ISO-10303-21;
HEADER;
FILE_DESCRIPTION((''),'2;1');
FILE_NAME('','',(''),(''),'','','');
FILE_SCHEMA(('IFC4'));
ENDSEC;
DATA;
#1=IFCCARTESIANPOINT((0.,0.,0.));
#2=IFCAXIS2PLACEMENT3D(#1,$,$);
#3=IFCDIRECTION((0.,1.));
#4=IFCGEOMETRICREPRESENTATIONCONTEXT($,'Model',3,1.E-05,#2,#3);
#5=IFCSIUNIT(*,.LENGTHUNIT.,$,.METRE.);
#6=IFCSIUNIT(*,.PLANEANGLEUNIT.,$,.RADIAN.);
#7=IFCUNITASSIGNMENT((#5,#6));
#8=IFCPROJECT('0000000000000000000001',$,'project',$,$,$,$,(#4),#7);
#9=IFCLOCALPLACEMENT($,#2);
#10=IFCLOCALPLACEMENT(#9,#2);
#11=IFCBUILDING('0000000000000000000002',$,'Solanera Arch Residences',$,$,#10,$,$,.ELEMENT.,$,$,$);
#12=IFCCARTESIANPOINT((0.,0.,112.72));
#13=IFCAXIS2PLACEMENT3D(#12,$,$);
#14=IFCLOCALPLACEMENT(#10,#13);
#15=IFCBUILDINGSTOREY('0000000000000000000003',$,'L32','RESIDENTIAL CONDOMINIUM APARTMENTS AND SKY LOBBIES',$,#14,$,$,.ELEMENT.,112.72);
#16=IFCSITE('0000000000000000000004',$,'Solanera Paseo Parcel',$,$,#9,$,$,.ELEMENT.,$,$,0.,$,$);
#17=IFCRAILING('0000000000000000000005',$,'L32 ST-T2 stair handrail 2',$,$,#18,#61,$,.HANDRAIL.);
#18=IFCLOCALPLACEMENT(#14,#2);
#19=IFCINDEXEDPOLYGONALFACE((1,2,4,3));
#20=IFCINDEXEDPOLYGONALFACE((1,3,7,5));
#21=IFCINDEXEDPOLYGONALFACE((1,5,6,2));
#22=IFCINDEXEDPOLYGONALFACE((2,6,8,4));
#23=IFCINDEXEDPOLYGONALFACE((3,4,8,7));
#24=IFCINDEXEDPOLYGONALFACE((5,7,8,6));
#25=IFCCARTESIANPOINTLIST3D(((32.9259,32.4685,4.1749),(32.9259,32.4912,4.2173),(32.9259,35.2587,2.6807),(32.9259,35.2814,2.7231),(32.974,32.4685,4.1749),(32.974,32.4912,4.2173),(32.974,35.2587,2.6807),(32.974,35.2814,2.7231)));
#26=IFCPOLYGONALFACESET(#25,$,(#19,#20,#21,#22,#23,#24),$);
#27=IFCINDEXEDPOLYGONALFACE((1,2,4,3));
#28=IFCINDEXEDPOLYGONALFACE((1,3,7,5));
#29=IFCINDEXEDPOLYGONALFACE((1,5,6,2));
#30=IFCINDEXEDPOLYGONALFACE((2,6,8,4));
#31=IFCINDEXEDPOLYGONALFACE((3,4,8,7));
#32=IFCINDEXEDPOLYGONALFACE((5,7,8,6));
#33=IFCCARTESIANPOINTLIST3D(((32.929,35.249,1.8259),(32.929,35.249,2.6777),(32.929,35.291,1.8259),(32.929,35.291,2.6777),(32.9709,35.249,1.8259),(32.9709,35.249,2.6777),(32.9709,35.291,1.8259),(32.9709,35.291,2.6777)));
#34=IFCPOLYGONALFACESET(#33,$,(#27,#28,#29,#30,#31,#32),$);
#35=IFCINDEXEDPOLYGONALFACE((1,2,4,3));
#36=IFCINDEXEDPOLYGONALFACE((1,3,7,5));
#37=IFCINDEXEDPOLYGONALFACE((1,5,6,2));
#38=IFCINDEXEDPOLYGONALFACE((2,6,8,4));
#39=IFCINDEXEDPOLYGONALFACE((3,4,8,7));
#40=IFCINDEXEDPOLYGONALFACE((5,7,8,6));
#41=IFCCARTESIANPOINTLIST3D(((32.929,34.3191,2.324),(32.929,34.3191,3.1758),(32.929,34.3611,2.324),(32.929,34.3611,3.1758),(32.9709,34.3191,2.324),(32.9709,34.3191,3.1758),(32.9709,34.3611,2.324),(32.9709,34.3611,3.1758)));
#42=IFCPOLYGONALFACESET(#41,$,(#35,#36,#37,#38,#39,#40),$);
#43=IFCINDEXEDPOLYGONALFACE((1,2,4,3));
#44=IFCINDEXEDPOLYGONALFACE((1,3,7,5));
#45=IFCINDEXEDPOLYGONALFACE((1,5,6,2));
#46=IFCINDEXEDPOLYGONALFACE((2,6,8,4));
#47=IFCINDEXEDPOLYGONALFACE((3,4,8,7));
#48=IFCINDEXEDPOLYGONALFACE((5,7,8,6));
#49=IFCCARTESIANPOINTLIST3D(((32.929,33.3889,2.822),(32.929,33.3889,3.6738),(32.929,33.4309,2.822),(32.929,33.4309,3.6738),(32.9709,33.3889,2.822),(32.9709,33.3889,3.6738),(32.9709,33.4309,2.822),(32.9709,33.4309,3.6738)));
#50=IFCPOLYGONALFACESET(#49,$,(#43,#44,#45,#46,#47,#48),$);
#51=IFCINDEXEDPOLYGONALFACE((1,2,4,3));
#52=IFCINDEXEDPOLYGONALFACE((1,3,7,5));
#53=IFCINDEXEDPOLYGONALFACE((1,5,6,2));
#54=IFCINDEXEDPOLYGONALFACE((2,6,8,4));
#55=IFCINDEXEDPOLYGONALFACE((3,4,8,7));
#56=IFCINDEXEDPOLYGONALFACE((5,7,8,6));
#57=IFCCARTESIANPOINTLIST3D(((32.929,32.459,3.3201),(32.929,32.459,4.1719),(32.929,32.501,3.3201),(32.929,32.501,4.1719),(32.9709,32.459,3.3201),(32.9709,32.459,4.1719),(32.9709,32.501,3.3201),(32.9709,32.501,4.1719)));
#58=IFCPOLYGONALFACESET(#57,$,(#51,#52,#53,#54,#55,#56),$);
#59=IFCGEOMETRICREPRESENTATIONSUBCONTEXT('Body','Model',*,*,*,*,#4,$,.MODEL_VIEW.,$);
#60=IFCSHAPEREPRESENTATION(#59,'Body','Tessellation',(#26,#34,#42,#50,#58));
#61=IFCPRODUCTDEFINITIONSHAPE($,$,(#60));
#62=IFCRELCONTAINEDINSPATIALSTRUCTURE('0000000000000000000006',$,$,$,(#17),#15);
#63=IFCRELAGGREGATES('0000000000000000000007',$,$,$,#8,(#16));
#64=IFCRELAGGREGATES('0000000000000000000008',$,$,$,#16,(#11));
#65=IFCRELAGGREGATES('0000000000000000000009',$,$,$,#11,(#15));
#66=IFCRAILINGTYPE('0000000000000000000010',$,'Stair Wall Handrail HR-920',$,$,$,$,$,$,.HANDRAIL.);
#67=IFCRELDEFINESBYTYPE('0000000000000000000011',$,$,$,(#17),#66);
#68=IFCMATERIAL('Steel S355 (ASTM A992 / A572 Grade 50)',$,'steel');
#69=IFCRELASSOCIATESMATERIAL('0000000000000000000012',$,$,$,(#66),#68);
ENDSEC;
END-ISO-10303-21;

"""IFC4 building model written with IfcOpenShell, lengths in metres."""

from ifc_helpers import new_model, si_unit, direction, frame, origin, origin_2d, place, context, subcontext, project, spatial, rectangle, extrude, material, type_object, element, save


model = new_model("IFC4")

# Units and contexts
model_context = context("Model", 3, precision=1e-05, world=origin(), true_north=direction((0.0, 1.0)))
body_context = subcontext(model_context, "Body", "Model", "MODEL_VIEW")
ifc_project = project(units=[si_unit("LENGTHUNIT", "METRE"), si_unit("PLANEANGLEUNIT", "RADIAN")], contexts=[model_context])

# Site, building, storey
site_placement = place(None, origin())
site = spatial("IfcSite", under=ifc_project, at=site_placement, Name="Solanera Paseo Parcel", CompositionType="ELEMENT", RefElevation=0.0)
building_placement = place(site_placement, origin())
building = spatial("IfcBuilding", under=site, at=building_placement, Name="Solanera Arch Residences", CompositionType="ELEMENT")
storey_placement = place(building_placement, frame((0.0, 0.0, 112.72)))
storey = spatial("IfcBuildingStorey", under=building, at=storey_placement, Name="L32", Description="RESIDENTIAL CONDOMINIUM APARTMENTS AND SKY LOBBIES", CompositionType="ELEMENT", Elevation=112.72)

# Railing
ifc_material_1 = material(Name="Steel S355 (ASTM A992 / A572 Grade 50)", Category="steel")
railing_type_1 = type_object("IfcRailingType", Name="Stair Wall Handrail HR-920", PredefinedType="HANDRAIL", material=ifc_material_1)
railing_1_placement = place(storey_placement, frame((32.95, 35.27, 1.8259)))
element("IfcRailing", 1, at=railing_1_placement, inside=storey, type_object=railing_type_1, Name="L32 ST-T2 stair handrail 2", PredefinedType="HANDRAIL", context=body_context, shape_type="SweptSolid", body=[
    extrude(rectangle(XDim=0.0481, YDim=0.0481, at=origin_2d()), frame((0.0, 0.0, 0.876), z_axis=(0.0, -0.881549, 0.472093), x_axis=(1.0, 0.0, 0.0)), (0.0, 0.0, 1.0), 3.165),
    extrude(rectangle(XDim=0.042, YDim=0.042, at=origin_2d()), origin(), (0.0, 0.0, 1.0), 0.8518),
    extrude(rectangle(XDim=0.042, YDim=0.042, at=origin_2d()), frame((0.0, -0.9299, 0.498)), (0.0, 0.0, 1.0), 0.8518),
    extrude(rectangle(XDim=0.042, YDim=0.042, at=origin_2d()), frame((0.0, -1.8601, 0.9961)), (0.0, 0.0, 1.0), 0.8518),
    extrude(rectangle(XDim=0.042, YDim=0.042, at=origin_2d()), frame((0.0, -2.79, 1.4941)), (0.0, 0.0, 1.0), 0.8518),
])

save(model, "model.ifc")
